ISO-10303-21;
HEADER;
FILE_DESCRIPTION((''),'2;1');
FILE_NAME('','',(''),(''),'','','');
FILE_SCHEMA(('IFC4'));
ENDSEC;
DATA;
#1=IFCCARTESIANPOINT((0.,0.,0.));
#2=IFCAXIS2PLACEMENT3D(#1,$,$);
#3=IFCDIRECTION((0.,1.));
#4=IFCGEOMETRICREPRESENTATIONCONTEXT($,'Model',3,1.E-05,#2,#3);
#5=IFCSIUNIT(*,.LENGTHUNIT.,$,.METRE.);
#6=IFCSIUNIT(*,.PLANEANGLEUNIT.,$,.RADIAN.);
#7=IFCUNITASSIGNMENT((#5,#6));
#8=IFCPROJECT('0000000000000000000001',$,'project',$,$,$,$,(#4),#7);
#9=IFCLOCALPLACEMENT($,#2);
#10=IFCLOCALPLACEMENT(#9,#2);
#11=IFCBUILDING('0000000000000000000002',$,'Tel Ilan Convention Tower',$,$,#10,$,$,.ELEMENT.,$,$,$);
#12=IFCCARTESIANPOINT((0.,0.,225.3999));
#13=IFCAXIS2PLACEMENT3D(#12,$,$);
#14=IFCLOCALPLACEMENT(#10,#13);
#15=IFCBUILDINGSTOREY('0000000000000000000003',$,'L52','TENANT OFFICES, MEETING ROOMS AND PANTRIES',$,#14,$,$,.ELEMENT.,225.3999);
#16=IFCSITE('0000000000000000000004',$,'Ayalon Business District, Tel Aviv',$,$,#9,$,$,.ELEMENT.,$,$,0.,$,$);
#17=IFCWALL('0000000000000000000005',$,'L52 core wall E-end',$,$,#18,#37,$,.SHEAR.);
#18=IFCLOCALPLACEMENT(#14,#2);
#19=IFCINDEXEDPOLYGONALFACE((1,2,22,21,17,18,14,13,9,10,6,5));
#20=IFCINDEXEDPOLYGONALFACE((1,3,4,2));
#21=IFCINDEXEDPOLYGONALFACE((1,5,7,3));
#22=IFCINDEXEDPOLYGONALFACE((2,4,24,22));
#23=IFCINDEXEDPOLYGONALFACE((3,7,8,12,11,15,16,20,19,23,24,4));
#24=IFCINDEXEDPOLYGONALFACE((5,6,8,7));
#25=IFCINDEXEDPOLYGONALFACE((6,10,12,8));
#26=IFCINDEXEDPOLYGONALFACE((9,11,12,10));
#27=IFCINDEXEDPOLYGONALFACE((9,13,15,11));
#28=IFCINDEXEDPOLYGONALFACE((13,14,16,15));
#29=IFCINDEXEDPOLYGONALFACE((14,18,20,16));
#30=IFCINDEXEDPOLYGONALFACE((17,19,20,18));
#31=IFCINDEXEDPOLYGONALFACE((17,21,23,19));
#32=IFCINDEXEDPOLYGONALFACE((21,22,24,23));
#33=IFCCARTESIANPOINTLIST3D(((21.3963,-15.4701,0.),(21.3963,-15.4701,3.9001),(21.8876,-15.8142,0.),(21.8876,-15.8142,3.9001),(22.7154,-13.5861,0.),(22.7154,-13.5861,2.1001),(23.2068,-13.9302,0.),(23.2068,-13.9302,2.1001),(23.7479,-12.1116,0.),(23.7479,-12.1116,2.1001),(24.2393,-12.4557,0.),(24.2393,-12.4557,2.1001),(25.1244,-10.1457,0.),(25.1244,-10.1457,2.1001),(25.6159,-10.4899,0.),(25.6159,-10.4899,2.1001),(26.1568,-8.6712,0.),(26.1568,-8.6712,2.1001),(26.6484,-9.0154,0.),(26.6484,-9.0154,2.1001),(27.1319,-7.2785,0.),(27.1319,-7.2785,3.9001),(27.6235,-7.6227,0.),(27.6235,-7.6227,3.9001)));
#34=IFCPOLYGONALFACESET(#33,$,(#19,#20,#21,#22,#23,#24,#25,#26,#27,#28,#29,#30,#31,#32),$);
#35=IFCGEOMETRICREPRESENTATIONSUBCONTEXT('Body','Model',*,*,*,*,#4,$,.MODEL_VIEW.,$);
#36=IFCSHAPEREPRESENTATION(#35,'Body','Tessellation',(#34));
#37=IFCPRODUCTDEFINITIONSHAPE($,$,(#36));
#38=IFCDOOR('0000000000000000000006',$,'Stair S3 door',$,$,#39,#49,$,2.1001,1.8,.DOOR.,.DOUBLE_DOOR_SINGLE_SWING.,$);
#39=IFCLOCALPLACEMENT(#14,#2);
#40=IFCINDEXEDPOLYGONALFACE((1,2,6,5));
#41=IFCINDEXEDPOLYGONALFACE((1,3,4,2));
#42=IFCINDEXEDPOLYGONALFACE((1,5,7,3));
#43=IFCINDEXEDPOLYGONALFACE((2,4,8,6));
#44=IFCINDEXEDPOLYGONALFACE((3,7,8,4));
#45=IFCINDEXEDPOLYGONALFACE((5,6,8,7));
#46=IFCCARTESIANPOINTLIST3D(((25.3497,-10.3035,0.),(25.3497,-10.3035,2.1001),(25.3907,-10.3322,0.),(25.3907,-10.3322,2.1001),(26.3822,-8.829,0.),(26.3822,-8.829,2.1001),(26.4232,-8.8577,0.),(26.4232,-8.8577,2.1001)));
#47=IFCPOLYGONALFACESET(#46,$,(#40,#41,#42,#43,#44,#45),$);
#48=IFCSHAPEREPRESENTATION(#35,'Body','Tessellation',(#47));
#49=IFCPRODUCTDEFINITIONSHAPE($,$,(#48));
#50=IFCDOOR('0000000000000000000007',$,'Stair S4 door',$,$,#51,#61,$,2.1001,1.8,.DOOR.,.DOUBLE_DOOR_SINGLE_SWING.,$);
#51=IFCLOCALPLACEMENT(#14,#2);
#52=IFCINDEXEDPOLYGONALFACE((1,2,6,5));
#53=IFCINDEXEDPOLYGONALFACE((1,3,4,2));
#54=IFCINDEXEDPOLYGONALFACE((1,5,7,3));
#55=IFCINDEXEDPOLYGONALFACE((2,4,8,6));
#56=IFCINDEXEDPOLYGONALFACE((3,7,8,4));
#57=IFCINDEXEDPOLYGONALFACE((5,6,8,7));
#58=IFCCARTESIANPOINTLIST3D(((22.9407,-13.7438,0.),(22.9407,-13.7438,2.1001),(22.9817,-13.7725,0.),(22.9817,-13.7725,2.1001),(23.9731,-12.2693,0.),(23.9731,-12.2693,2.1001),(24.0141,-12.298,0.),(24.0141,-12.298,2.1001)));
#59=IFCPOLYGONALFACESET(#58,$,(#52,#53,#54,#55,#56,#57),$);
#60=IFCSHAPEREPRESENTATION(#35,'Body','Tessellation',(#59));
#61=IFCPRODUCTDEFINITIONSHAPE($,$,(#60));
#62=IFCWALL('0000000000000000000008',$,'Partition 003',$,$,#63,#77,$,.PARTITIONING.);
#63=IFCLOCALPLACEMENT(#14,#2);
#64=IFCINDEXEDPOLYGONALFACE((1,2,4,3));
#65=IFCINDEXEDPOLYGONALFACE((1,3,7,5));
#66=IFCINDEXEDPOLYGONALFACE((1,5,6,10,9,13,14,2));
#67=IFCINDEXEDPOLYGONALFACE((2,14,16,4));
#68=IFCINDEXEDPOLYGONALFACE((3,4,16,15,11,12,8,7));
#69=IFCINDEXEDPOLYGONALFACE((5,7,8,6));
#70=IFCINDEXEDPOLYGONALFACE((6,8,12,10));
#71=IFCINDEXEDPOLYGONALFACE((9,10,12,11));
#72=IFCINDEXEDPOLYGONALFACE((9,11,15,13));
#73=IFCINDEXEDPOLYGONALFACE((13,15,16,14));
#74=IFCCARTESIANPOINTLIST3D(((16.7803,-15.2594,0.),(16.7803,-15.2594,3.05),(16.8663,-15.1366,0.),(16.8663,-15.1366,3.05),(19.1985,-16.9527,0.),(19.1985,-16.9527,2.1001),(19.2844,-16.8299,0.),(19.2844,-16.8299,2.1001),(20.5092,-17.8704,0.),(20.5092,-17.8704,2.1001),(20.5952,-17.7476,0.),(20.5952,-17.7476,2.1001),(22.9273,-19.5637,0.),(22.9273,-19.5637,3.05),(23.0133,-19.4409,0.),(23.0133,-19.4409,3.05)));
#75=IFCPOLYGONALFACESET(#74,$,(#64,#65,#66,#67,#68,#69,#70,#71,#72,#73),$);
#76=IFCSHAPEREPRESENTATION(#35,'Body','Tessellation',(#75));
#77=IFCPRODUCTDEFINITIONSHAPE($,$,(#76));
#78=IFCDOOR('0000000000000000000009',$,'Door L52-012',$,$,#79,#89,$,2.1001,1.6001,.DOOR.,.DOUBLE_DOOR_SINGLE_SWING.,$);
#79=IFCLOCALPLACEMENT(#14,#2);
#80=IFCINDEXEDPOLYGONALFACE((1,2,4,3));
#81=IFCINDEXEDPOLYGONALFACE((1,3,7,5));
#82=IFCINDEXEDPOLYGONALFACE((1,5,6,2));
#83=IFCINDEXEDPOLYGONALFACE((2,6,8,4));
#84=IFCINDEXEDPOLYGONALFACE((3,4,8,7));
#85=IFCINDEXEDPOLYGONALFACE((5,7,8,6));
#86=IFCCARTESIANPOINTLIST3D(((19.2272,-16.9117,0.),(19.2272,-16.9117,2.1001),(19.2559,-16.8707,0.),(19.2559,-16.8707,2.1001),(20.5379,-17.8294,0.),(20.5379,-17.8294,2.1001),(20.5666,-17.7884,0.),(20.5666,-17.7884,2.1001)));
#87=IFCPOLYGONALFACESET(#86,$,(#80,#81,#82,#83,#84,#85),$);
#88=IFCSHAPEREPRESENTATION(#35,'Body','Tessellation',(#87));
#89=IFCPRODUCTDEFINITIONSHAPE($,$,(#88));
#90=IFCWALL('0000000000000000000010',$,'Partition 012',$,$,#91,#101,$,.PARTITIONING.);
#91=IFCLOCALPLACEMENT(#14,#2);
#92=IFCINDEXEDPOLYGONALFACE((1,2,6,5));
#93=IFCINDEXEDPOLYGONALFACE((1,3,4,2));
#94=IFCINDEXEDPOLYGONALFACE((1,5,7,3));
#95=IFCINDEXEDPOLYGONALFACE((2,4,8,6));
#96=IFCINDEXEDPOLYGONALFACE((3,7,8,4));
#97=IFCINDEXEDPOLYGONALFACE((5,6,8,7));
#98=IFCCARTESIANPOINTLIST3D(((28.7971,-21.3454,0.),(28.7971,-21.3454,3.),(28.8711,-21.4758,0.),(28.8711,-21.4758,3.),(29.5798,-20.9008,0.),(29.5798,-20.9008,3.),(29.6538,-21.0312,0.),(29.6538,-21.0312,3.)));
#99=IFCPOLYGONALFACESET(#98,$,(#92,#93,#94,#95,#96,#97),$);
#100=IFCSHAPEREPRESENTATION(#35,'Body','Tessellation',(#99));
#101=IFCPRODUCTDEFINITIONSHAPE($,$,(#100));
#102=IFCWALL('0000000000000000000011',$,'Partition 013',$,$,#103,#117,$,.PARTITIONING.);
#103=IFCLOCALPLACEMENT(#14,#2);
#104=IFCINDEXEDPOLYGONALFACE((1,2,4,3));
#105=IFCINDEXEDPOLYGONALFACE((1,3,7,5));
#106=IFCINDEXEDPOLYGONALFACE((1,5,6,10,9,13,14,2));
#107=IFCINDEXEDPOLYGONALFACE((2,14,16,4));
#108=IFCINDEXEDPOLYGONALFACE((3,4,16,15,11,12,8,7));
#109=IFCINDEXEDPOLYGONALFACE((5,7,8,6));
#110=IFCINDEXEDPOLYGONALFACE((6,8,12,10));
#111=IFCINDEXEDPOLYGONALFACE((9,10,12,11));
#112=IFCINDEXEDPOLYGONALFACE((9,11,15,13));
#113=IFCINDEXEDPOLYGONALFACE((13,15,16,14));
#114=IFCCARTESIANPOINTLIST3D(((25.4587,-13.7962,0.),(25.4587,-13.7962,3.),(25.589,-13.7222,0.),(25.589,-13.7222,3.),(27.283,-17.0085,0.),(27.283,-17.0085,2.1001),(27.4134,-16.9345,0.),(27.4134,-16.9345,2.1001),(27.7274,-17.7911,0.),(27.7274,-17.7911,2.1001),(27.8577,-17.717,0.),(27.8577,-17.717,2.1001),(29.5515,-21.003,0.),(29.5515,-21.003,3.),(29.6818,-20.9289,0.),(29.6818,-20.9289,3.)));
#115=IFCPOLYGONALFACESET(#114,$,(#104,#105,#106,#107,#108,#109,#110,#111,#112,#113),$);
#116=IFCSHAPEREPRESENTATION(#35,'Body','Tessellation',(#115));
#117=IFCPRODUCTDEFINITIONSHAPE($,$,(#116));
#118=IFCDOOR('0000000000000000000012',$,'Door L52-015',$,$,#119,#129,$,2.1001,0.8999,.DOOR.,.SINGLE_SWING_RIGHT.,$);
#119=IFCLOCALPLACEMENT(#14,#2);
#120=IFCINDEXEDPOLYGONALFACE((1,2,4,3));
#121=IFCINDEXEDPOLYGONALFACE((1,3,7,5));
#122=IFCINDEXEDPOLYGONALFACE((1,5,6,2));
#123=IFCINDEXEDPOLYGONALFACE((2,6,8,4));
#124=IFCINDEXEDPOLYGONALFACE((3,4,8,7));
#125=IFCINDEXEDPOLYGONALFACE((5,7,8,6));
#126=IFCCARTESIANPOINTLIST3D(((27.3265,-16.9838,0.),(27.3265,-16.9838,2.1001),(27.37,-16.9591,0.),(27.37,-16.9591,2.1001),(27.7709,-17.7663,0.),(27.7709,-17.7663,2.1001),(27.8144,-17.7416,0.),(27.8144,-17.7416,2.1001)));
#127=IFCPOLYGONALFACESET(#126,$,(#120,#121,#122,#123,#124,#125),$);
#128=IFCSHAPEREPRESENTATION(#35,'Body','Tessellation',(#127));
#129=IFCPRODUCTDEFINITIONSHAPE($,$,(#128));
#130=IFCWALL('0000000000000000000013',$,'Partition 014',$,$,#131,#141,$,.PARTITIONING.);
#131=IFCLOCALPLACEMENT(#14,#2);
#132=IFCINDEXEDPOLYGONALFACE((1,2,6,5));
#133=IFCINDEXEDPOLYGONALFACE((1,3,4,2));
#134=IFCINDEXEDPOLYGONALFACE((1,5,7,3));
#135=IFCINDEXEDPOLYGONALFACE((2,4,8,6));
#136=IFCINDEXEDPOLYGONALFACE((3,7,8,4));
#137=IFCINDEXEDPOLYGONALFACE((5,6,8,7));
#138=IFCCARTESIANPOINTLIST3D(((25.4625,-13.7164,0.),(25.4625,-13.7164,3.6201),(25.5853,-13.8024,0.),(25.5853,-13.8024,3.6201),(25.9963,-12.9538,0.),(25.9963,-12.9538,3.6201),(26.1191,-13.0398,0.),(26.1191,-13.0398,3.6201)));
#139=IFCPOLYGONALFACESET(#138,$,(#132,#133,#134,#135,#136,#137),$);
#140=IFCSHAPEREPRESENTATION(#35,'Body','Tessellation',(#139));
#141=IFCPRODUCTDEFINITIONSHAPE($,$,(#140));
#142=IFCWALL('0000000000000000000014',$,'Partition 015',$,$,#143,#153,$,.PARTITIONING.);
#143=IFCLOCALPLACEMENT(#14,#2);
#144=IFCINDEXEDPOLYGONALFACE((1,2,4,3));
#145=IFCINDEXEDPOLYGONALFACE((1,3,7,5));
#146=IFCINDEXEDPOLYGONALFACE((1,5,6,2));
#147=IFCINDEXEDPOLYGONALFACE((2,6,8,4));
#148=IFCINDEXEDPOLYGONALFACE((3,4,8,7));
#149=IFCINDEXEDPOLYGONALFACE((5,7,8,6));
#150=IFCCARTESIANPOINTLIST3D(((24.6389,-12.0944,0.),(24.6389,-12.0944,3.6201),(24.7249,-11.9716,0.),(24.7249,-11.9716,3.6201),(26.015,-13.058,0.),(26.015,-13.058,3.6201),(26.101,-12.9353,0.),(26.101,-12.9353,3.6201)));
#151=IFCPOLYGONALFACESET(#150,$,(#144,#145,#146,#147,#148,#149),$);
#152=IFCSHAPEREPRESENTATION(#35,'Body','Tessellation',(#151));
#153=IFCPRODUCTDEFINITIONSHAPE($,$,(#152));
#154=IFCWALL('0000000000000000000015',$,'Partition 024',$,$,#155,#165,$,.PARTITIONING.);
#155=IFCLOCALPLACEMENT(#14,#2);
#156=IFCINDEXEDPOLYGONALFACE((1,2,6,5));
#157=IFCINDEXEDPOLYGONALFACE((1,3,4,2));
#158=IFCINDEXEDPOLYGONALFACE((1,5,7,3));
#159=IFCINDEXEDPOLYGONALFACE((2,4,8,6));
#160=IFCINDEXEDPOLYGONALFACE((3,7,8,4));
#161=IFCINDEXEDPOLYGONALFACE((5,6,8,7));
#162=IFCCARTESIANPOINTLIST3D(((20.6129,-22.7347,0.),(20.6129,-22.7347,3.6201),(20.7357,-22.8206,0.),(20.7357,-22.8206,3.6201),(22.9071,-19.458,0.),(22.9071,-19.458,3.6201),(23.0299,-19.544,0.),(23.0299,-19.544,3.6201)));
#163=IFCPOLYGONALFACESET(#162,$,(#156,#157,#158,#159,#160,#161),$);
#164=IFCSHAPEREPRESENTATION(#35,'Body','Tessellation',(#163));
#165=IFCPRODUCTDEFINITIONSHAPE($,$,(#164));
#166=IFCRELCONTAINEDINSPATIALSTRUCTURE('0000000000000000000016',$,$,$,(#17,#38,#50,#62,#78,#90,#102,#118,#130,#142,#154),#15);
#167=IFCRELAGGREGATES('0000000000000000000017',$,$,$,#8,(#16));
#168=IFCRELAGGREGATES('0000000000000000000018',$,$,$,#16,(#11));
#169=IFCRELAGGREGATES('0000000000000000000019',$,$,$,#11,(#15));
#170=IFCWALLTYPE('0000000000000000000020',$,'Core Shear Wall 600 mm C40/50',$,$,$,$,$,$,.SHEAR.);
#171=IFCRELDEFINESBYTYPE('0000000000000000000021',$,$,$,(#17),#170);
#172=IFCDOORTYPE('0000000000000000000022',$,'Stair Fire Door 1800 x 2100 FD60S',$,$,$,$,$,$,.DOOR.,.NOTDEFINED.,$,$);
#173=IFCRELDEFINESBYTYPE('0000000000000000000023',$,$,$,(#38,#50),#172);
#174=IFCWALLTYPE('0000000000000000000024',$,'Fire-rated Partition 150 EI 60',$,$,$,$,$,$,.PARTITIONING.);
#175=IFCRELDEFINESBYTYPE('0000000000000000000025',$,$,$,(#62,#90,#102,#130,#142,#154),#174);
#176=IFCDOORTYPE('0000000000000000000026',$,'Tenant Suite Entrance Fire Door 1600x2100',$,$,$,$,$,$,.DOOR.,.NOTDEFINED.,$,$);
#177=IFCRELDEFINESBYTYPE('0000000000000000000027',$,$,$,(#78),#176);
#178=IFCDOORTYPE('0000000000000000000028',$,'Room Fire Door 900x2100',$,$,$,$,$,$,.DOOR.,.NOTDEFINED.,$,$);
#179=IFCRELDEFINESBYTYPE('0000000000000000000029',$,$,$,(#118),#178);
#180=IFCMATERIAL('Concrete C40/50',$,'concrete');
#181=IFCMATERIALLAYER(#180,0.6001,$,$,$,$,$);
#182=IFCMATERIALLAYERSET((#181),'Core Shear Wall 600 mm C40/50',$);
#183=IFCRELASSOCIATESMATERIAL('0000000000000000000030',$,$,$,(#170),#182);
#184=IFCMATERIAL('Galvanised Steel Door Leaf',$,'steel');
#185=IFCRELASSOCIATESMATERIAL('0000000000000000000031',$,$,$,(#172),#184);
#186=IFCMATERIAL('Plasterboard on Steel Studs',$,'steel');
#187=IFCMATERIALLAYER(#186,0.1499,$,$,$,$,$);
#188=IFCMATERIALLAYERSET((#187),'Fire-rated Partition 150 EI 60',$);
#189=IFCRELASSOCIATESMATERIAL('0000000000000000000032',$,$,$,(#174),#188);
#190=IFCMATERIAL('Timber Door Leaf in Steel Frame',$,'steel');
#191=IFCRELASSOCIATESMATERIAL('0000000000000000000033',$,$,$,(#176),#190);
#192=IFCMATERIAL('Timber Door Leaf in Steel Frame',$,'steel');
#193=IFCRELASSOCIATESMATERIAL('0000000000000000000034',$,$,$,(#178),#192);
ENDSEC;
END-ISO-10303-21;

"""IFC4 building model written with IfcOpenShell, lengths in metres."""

from ifc_helpers import new_model, si_unit, direction, frame, frame_2d, origin, place, context, subcontext, project, spatial, polyline, rectangle, outline, extrude, material, layer, layer_set, type_object, element, fill, save


model = new_model("IFC4")

# Units and contexts
model_context = context("Model", 3, precision=1e-05, world=origin(), true_north=direction((0.0, 1.0)))
body_context = subcontext(model_context, "Body", "Model", "MODEL_VIEW")
ifc_project = project(units=[si_unit("LENGTHUNIT", "METRE"), si_unit("PLANEANGLEUNIT", "RADIAN")], contexts=[model_context])

# Site, building, storey
site_placement = place(None, origin())
site = spatial("IfcSite", under=ifc_project, at=site_placement, Name="Ayalon Business District, Tel Aviv", CompositionType="ELEMENT", RefElevation=0.0)
building_placement = place(site_placement, origin())
building = spatial("IfcBuilding", under=site, at=building_placement, Name="Tel Ilan Convention Tower", CompositionType="ELEMENT")
storey_placement = place(building_placement, frame((0.0, 0.0, 225.3999)))
storey = spatial("IfcBuildingStorey", under=building, at=storey_placement, Name="L52", Description="TENANT OFFICES, MEETING ROOMS AND PANTRIES", CompositionType="ELEMENT", Elevation=225.3999)

# Wall, openings, doors
ifc_material_1 = material(Name="Concrete C40/50", Category="concrete")
ifc_layer_1 = layer(ifc_material_1, 0.6001)
ifc_layer_set_1 = layer_set([ifc_layer_1], Name="Core Shear Wall 600 mm C40/50")
wall_type_1 = type_object("IfcWallType", Name="Core Shear Wall 600 mm C40/50", PredefinedType="SHEAR", material=ifc_layer_set_1)
wall_1_placement = place(storey_placement, frame((21.6418, -15.6421, 0.0), z_axis=(0.0, 0.0, 1.0), x_axis=(0.573587, 0.819145, 0.0)))
wall_1 = element("IfcWall", 1, at=wall_1_placement, inside=storey, type_object=wall_type_1, Name="L52 core wall E-end", PredefinedType="SHEAR", context=body_context, shape_type="SweptSolid", body=[
    extrude(outline(polyline([(10.0, 0.3), (0.0, 0.2998), (0.0, -0.3), (10.0, -0.3), (10.0, 0.3)])), origin(), (0.0, 0.0, 1.0), 3.9001),
])
opening_1_placement = place(wall_1_placement, frame((6.5, 0.0, 0.0)))
opening_1 = element("IfcOpeningElement", 2, at=opening_1_placement, cuts=wall_1, PredefinedType="OPENING", context=body_context, shape_type="SweptSolid", body=[
    extrude(rectangle(XDim=1.8, YDim=2.1001, at=frame_2d((0.8999, 1.05))), frame((0.0, 0.3101, 0.0), z_axis=(0.0, -1.0, 0.0), x_axis=(1.0, 0.0, 0.0)), (0.0, 0.0, 1.0), 0.6201),
])
opening_2_placement = place(wall_1_placement, frame((2.3, 0.0, 0.0)))
opening_2 = element("IfcOpeningElement", 3, at=opening_2_placement, cuts=wall_1, PredefinedType="OPENING", context=body_context, shape_type="SweptSolid", body=[
    extrude(rectangle(XDim=1.8, YDim=2.1001, at=frame_2d((0.8999, 1.05))), frame((0.0, 0.3101, 0.0), z_axis=(0.0, -1.0, 0.0), x_axis=(1.0, 0.0, 0.0)), (0.0, 0.0, 1.0), 0.6201),
])
ifc_material_2 = material(Name="Galvanised Steel Door Leaf", Category="steel")
door_type_1 = type_object("IfcDoorType", Name="Stair Fire Door 1800 x 2100 FD60S", OperationType="NOTDEFINED", PredefinedType="DOOR", material=ifc_material_2)
door_1_placement = place(opening_1_placement, origin())
door_1 = element("IfcDoor", 4, at=door_1_placement, inside=storey, type_object=door_type_1, Name="Stair S3 door", OperationType="DOUBLE_DOOR_SINGLE_SWING", OverallHeight=2.1001, OverallWidth=1.8, PredefinedType="DOOR", context=body_context, shape_type="SweptSolid", body=[
    extrude(rectangle(XDim=1.8, YDim=2.1001, at=frame_2d((0.8999, 1.05))), frame((0.0, 0.0249, 0.0), z_axis=(0.0, -1.0, 0.0), x_axis=(1.0, 0.0, 0.0)), (0.0, 0.0, 1.0), 0.05),
])
fill(opening_1, door_1)
door_2_placement = place(opening_2_placement, origin())
door_2 = element("IfcDoor", 5, at=door_2_placement, inside=storey, type_object=door_type_1, Name="Stair S4 door", OperationType="DOUBLE_DOOR_SINGLE_SWING", OverallHeight=2.1001, OverallWidth=1.8, PredefinedType="DOOR", context=body_context, shape_type="SweptSolid", body=[
    extrude(rectangle(XDim=1.8, YDim=2.1001, at=frame_2d((0.8999, 1.05))), frame((0.0, 0.0249, 0.0), z_axis=(0.0, -1.0, 0.0), x_axis=(1.0, 0.0, 0.0)), (0.0, 0.0, 1.0), 0.05),
])
fill(opening_2, door_2)

# Wall, opening, door
ifc_material_3 = material(Name="Plasterboard on Steel Studs", Category="steel")
ifc_layer_2 = layer(ifc_material_3, 0.1499)
ifc_layer_set_2 = layer_set([ifc_layer_2], Name="Fire-rated Partition 150 EI 60")
wall_type_2 = type_object("IfcWallType", Name="Fire-rated Partition 150 EI 60", PredefinedType="PARTITIONING", material=ifc_layer_set_2)
wall_2_placement = place(storey_placement, frame((22.9702, -19.5022, 0.0), z_axis=(0.0, 0.0, 1.0), x_axis=(-0.819149, 0.57358, 0.0)))
wall_2 = element("IfcWall", 6, at=wall_2_placement, inside=storey, type_object=wall_type_2, Name="Partition 003", PredefinedType="PARTITIONING", context=body_context, shape_type="SweptSolid", body=[
    extrude(rectangle(XDim=7.5042, YDim=0.1499, at=frame_2d((3.752, 0.0))), origin(), (0.0, 0.0, 1.0), 3.05),
])
opening_3_placement = place(wall_2_placement, frame((2.9519, 0.0, 0.0)))
opening_3 = element("IfcOpeningElement", 7, at=opening_3_placement, cuts=wall_2, PredefinedType="OPENING", context=body_context, shape_type="SweptSolid", body=[
    extrude(rectangle(XDim=1.6001, YDim=2.1001, at=frame_2d((0.8, 1.05))), frame((0.0, 0.085, 0.0), z_axis=(0.0, -1.0, 0.0), x_axis=(1.0, 0.0, 0.0)), (0.0, 0.0, 1.0), 0.1699),
])
ifc_material_4 = material(Name="Timber Door Leaf in Steel Frame", Category="steel")
door_type_2 = type_object("IfcDoorType", Name="Tenant Suite Entrance Fire Door 1600x2100", OperationType="NOTDEFINED", PredefinedType="DOOR", material=ifc_material_4)
door_3_placement = place(opening_3_placement, origin())
door_3 = element("IfcDoor", 8, at=door_3_placement, inside=storey, type_object=door_type_2, Name="Door L52-012", OperationType="DOUBLE_DOOR_SINGLE_SWING", OverallHeight=2.1001, OverallWidth=1.6001, PredefinedType="DOOR", context=body_context, shape_type="SweptSolid", body=[
    extrude(rectangle(XDim=1.6001, YDim=2.1001, at=frame_2d((0.8, 1.05))), frame((0.0, 0.0249, 0.0), z_axis=(0.0, -1.0, 0.0), x_axis=(1.0, 0.0, 0.0)), (0.0, 0.0, 1.0), 0.05),
])
fill(opening_3, door_3)

# Wall
wall_3_placement = place(storey_placement, frame((28.834, -21.4106, 0.0), z_axis=(0.0, 0.0, 1.0), x_axis=(0.869525, 0.493888, 0.0)))
element("IfcWall", 9, at=wall_3_placement, inside=storey, type_object=wall_type_2, Name="Partition 012", PredefinedType="PARTITIONING", context=body_context, shape_type="SweptSolid", body=[
    extrude(rectangle(XDim=0.9001, YDim=0.1499, at=frame_2d((0.4502, 0.0))), origin(), (0.0, 0.0, 1.0), 3.0),
])

# Wall, opening, door
wall_4_placement = place(storey_placement, frame((29.6167, -20.9661, 0.0), z_axis=(0.0, 0.0, 1.0), x_axis=(-0.493828, 0.86956, 0.0)))
wall_4 = element("IfcWall", 10, at=wall_4_placement, inside=storey, type_object=wall_type_2, Name="Partition 013", PredefinedType="PARTITIONING", context=body_context, shape_type="SweptSolid", body=[
    extrude(rectangle(XDim=8.2878, YDim=0.1499, at=frame_2d((4.144, 0.0))), origin(), (0.0, 0.0, 1.0), 3.0),
])
opening_4_placement = place(wall_4_placement, frame((3.6938, 0.0, 0.0)))
opening_4 = element("IfcOpeningElement", 11, at=opening_4_placement, cuts=wall_4, PredefinedType="OPENING", context=body_context, shape_type="SweptSolid", body=[
    extrude(rectangle(XDim=0.8999, YDim=2.1001, at=frame_2d((0.45, 1.05))), frame((0.0, 0.085, 0.0), z_axis=(0.0, -1.0, 0.0), x_axis=(1.0, 0.0, 0.0)), (0.0, 0.0, 1.0), 0.1699),
])
ifc_material_5 = material(Name="Timber Door Leaf in Steel Frame", Category="steel")
door_type_3 = type_object("IfcDoorType", Name="Room Fire Door 900x2100", OperationType="NOTDEFINED", PredefinedType="DOOR", material=ifc_material_5)
door_4_placement = place(opening_4_placement, origin())
door_4 = element("IfcDoor", 12, at=door_4_placement, inside=storey, type_object=door_type_3, Name="Door L52-015", OperationType="SINGLE_SWING_RIGHT", OverallHeight=2.1001, OverallWidth=0.8999, PredefinedType="DOOR", context=body_context, shape_type="SweptSolid", body=[
    extrude(rectangle(XDim=0.8999, YDim=2.1001, at=frame_2d((0.45, 1.05))), frame((0.0, 0.0249, 0.0), z_axis=(0.0, -1.0, 0.0), x_axis=(1.0, 0.0, 0.0)), (0.0, 0.0, 1.0), 0.05),
])
fill(opening_4, door_4)

# Walls
wall_5_placement = place(storey_placement, frame((25.5239, -13.7593, 0.0), z_axis=(0.0, 0.0, 1.0), x_axis=(0.573498, 0.819207, 0.0)))
element("IfcWall", 13, at=wall_5_placement, inside=storey, type_object=wall_type_2, Name="Partition 014", PredefinedType="PARTITIONING", context=body_context, shape_type="SweptSolid", body=[
    extrude(rectangle(XDim=0.9309, YDim=0.1499, at=frame_2d((0.4653, 0.0))), origin(), (0.0, 0.0, 1.0), 3.6201),
])
wall_6_placement = place(storey_placement, frame((26.0579, -12.9966, 0.0), z_axis=(0.0, 0.0, 1.0), x_axis=(-0.819109, 0.573638, 0.0)))
element("IfcWall", 14, at=wall_6_placement, inside=storey, type_object=wall_type_2, Name="Partition 015", PredefinedType="PARTITIONING", context=body_context, shape_type="SweptSolid", body=[
    extrude(rectangle(XDim=1.6799, YDim=0.1499, at=frame_2d((0.8398, 0.0))), origin(), (0.0, 0.0, 1.0), 3.6201),
])
wall_7_placement = place(storey_placement, frame((22.9685, -19.501, 0.0), z_axis=(0.0, 0.0, 1.0), x_axis=(-0.573557, -0.819166, 0.0)))
element("IfcWall", 15, at=wall_7_placement, inside=storey, type_object=wall_type_2, Name="Partition 024", PredefinedType="PARTITIONING", context=body_context, shape_type="SweptSolid", body=[
    extrude(rectangle(XDim=4.0, YDim=0.1499, at=frame_2d((2.0, 0.0))), origin(), (0.0, 0.0, 1.0), 3.6201),
])

save(model, "model.ifc")
